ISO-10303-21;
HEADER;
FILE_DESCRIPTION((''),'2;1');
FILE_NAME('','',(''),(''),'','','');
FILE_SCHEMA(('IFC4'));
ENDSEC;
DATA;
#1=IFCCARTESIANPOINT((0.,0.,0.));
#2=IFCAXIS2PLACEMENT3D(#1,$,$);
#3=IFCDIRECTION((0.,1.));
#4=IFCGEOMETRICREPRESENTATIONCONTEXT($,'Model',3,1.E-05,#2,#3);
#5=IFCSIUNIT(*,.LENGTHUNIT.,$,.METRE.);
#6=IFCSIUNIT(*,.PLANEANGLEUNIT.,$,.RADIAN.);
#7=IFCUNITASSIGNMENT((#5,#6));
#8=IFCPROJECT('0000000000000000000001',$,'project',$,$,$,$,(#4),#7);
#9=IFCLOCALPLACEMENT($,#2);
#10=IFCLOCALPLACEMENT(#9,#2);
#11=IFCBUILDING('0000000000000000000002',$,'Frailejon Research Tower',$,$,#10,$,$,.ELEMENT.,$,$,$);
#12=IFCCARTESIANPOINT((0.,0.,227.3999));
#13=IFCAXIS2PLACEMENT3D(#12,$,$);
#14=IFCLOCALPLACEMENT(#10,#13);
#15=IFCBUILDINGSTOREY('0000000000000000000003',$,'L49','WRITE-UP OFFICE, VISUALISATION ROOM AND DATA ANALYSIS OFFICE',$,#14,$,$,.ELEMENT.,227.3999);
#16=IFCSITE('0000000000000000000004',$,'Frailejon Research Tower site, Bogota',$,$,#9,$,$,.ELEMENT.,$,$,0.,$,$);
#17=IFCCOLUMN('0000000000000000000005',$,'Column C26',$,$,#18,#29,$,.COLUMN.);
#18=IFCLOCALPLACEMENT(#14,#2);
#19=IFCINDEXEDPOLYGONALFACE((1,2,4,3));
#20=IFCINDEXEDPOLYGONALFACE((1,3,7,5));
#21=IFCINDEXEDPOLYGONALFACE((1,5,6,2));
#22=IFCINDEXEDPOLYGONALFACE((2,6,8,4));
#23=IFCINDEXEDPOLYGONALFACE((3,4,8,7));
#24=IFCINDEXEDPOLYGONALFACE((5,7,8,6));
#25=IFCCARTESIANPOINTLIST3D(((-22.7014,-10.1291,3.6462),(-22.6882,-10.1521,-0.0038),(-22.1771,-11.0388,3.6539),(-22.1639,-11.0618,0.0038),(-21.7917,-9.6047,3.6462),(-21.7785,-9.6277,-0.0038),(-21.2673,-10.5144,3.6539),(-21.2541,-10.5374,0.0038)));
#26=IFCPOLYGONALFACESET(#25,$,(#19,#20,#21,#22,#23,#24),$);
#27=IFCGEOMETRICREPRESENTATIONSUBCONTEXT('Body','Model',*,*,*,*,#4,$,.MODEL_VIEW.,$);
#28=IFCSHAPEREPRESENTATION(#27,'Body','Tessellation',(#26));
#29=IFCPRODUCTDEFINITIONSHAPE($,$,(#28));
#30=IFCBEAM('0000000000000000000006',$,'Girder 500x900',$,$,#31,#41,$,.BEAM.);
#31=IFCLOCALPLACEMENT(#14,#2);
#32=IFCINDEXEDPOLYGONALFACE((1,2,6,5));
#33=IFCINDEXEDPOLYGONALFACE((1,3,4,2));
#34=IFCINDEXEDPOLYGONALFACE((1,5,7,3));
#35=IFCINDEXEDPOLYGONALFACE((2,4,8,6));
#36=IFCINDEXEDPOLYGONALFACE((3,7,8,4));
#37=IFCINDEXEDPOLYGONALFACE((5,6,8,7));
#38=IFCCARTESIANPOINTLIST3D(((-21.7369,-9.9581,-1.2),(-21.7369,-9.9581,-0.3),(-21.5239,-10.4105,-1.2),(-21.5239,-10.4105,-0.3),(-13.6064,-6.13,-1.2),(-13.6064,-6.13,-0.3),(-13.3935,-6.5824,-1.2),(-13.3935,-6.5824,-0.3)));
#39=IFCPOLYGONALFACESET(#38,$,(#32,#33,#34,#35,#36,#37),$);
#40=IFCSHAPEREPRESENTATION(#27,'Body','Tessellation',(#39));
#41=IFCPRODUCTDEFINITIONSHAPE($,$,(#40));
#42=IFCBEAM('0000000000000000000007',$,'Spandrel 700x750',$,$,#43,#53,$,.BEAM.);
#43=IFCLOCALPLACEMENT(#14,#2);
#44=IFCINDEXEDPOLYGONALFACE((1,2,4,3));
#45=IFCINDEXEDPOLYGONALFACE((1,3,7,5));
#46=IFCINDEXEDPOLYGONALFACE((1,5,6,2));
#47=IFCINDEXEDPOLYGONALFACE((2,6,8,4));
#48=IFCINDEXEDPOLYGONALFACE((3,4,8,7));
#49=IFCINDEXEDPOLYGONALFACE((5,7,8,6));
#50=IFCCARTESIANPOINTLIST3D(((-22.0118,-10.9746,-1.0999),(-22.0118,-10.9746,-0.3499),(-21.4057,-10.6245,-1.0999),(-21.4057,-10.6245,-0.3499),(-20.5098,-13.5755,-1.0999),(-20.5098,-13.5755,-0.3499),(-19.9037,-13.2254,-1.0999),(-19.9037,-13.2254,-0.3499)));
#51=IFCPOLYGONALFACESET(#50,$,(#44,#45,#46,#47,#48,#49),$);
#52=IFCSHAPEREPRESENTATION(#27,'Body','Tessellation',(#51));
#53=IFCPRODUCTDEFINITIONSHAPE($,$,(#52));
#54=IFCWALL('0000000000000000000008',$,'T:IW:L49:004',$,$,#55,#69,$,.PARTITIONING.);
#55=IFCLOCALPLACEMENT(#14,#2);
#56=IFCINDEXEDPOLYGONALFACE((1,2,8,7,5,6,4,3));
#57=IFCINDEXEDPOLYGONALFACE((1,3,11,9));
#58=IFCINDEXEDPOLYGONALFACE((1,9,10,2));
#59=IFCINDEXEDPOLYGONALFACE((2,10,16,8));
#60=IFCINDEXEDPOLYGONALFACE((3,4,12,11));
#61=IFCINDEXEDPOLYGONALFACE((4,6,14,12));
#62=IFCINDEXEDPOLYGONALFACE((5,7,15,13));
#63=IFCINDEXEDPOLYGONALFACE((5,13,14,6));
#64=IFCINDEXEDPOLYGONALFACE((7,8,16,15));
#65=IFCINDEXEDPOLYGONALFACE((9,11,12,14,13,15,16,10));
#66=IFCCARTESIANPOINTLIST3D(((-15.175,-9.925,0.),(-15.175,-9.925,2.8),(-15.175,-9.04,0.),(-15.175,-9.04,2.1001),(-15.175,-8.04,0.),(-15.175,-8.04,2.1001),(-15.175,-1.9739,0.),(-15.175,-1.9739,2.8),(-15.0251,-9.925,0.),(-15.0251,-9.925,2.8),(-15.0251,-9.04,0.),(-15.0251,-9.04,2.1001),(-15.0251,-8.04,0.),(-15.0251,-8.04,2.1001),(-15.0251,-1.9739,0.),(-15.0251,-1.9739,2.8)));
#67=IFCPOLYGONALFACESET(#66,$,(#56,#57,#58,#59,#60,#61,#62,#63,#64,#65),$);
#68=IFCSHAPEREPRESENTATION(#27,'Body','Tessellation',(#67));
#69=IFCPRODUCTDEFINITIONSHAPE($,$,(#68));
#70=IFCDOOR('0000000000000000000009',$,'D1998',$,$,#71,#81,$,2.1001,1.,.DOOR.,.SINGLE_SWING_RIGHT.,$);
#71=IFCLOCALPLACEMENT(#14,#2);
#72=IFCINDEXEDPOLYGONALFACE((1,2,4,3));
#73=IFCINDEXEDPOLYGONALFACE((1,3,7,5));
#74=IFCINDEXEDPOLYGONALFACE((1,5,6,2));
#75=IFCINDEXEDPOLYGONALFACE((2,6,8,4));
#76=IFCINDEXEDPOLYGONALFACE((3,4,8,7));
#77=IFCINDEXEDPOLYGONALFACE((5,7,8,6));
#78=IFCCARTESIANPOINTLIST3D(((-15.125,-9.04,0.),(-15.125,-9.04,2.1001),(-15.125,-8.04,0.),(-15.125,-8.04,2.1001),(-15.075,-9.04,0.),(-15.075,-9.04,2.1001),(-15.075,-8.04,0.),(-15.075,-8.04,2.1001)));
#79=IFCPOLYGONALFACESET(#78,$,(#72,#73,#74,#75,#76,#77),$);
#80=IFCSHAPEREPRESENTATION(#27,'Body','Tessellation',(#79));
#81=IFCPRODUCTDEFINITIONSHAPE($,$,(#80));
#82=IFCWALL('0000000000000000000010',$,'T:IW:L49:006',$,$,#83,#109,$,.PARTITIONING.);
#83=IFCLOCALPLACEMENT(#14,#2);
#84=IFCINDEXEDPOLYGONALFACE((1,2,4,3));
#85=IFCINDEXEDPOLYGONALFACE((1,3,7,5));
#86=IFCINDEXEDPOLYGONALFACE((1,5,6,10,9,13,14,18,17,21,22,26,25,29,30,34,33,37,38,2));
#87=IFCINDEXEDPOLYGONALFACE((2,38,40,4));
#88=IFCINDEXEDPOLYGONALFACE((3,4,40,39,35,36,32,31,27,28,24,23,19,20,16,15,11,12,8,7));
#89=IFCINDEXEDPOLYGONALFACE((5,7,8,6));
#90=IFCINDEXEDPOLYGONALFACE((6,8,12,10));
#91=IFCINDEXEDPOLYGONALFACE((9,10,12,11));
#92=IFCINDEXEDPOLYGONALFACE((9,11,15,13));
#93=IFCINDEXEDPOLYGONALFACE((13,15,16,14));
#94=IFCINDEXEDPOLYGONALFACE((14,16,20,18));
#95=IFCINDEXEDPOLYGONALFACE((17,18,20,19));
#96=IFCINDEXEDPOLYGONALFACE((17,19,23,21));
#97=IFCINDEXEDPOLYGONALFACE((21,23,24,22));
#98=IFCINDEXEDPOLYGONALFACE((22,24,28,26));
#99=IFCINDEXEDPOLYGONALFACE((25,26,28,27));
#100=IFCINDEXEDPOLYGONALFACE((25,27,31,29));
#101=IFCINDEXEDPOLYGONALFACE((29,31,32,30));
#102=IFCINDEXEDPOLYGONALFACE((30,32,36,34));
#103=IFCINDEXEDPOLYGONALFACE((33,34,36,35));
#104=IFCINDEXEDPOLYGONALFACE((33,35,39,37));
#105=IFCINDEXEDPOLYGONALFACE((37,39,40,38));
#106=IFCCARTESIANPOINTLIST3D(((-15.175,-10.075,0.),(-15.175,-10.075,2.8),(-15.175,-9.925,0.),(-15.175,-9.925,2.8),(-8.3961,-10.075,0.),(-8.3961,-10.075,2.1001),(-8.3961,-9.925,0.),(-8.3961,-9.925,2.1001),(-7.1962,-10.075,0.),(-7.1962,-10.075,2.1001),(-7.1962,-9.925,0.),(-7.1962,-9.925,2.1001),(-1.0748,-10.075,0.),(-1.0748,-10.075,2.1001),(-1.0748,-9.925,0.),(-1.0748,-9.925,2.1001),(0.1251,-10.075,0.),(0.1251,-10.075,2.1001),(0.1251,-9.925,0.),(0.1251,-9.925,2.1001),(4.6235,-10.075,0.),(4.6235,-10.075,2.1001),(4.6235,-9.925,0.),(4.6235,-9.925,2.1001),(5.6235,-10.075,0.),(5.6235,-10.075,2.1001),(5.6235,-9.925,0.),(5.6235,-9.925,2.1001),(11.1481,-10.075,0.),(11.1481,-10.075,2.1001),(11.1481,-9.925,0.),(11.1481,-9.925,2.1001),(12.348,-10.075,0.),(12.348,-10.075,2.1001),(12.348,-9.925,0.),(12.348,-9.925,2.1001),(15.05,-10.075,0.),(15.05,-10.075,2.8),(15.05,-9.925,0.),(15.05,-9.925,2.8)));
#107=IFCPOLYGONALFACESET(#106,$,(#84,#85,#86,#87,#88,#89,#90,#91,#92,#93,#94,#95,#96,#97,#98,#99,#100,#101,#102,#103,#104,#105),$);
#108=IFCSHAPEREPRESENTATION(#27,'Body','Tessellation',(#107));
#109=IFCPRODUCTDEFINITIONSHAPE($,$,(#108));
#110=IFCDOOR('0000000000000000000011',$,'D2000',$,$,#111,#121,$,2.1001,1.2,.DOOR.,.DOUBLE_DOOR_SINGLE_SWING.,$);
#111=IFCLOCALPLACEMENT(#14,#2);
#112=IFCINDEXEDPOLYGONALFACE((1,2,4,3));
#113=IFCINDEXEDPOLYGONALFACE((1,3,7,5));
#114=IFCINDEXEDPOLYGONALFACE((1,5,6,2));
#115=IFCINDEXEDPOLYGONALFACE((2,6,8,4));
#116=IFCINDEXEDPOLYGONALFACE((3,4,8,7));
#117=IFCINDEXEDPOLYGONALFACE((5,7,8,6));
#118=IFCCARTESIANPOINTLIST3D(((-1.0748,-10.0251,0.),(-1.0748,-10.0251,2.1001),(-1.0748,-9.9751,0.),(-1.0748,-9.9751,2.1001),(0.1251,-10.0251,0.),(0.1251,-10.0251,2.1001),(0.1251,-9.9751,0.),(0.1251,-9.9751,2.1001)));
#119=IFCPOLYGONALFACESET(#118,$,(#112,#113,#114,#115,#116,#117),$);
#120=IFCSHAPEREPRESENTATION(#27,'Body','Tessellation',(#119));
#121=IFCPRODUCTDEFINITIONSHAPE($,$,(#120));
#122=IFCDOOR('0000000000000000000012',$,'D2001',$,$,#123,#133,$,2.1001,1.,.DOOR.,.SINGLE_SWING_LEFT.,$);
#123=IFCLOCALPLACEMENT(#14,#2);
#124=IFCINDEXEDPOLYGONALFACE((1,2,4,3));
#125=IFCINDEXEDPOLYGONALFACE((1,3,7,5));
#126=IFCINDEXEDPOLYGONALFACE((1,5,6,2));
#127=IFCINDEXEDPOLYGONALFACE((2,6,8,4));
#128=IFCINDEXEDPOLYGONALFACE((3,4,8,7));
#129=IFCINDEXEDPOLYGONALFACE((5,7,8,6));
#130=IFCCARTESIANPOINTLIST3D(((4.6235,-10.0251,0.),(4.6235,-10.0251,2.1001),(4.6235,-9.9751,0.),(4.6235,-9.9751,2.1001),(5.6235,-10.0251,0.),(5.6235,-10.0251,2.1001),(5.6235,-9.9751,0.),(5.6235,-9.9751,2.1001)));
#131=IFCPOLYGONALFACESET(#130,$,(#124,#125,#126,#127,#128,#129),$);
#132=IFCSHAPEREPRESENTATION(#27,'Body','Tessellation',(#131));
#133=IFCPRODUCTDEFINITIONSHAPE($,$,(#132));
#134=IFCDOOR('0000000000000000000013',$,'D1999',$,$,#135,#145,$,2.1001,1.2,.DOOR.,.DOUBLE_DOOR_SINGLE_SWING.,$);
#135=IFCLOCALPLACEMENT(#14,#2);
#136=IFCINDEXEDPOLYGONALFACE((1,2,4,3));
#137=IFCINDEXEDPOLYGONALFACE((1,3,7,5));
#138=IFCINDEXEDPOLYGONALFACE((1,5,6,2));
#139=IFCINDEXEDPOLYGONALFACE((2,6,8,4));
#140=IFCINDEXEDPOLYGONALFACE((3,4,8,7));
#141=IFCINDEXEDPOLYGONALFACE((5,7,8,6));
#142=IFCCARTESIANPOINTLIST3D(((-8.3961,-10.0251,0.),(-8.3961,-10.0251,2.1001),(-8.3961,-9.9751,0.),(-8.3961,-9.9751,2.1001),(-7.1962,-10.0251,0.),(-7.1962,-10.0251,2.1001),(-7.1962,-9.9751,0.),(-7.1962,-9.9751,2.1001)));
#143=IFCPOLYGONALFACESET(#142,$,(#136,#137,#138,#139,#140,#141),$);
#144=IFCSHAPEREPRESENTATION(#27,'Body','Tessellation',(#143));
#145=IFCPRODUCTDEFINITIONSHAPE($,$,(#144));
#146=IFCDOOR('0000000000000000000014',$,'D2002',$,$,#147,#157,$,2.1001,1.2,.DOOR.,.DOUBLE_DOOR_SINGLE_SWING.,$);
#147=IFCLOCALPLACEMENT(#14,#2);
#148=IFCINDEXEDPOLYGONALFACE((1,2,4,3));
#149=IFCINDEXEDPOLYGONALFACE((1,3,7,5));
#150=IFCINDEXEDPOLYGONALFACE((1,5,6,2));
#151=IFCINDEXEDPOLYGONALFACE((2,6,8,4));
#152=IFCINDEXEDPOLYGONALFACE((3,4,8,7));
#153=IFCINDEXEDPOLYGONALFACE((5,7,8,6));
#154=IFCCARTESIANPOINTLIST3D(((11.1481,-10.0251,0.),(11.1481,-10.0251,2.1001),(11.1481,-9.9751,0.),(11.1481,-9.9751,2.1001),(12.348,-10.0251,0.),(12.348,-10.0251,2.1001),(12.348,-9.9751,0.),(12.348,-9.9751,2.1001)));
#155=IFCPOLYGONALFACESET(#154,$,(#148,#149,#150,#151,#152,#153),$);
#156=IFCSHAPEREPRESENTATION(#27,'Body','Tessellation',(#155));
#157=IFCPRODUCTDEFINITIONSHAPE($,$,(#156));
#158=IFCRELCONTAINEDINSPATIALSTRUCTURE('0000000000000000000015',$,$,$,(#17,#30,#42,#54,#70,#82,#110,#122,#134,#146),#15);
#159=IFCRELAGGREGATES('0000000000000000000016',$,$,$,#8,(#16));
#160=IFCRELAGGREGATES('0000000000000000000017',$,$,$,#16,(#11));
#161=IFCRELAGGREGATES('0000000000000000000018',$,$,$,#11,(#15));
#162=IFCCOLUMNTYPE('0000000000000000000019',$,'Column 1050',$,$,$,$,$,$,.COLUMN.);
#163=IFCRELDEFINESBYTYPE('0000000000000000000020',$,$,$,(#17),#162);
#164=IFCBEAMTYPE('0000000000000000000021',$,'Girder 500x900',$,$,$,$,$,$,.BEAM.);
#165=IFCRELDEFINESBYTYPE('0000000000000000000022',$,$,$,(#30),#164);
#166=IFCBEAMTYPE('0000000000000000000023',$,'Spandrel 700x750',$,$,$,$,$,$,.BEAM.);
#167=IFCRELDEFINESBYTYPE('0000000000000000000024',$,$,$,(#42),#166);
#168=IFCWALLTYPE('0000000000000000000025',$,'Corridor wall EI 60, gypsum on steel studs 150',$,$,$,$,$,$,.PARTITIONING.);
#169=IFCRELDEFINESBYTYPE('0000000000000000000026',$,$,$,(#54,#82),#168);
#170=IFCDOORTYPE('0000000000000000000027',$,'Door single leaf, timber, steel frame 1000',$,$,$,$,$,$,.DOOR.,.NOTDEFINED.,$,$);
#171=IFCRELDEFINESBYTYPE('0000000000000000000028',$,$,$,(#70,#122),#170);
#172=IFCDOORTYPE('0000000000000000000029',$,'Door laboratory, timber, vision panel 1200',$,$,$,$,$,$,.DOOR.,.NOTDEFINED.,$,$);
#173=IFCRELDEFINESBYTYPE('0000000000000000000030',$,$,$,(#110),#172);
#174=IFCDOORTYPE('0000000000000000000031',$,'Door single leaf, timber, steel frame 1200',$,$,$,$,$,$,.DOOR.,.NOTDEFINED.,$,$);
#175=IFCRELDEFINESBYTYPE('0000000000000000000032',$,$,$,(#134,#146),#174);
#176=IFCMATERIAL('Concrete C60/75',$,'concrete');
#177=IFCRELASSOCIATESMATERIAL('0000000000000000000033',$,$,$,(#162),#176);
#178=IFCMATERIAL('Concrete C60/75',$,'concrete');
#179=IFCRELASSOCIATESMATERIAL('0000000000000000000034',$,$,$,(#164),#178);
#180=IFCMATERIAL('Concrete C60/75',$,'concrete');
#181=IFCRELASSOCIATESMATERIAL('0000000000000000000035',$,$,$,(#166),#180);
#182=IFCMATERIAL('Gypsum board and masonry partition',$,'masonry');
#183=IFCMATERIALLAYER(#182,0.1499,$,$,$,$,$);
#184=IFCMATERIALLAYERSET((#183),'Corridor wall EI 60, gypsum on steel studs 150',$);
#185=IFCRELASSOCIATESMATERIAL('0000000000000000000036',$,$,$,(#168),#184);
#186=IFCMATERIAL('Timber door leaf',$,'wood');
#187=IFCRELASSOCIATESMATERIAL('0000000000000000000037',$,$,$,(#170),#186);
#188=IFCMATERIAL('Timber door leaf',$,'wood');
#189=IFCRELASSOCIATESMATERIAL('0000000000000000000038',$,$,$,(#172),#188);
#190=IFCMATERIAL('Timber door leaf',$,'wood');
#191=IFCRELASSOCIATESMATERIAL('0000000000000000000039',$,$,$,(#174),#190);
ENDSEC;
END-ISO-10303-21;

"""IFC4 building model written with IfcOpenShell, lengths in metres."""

from ifc_helpers import new_model, si_unit, direction, frame, frame_2d, origin, origin_2d, place, context, subcontext, project, spatial, rectangle, extrude, material, layer, layer_set, material_profile, profile_set, type_object, element, fill, save


model = new_model("IFC4")

# Units and contexts
model_context = context("Model", 3, precision=1e-05, world=origin(), true_north=direction((0.0, 1.0)))
body_context = subcontext(model_context, "Body", "Model", "MODEL_VIEW")
ifc_project = project(units=[si_unit("LENGTHUNIT", "METRE"), si_unit("PLANEANGLEUNIT", "RADIAN")], contexts=[model_context])

# Site, building, storey
site_placement = place(None, origin())
site = spatial("IfcSite", under=ifc_project, at=site_placement, Name="Frailejon Research Tower site, Bogota", CompositionType="ELEMENT", RefElevation=0.0)
building_placement = place(site_placement, origin())
building = spatial("IfcBuilding", under=site, at=building_placement, Name="Frailejon Research Tower", CompositionType="ELEMENT")
storey_placement = place(building_placement, frame((0.0, 0.0, 227.3999)))
storey = spatial("IfcBuildingStorey", under=building, at=storey_placement, Name="L49", Description="WRITE-UP OFFICE, VISUALISATION ROOM AND DATA ANALYSIS OFFICE", CompositionType="ELEMENT", Elevation=227.3999)

# Column
ifc_material_1 = material(Name="Concrete C60/75", Category="concrete")
ifc_material_profile_1 = material_profile(ifc_material_1, rectangle(XDim=1.05, YDim=1.05, at=origin_2d()), Name="Column 1050")
ifc_profile_set_1 = profile_set([ifc_material_profile_1], Name="Concrete C60/75")
column_type = type_object("IfcColumnType", Name="Column 1050", PredefinedType="COLUMN", material=ifc_profile_set_1)
column_placement = place(storey_placement, frame((-21.9712, -10.3447, 0.0), z_axis=(-0.003612, 0.006287, 0.999974), x_axis=(0.499382, -0.866352, 0.007251)))
element("IfcColumn", 1, at=column_placement, inside=storey, type_object=column_type, Name="Column C26", PredefinedType="COLUMN", context=body_context, shape_type="SweptSolid", body=[
    extrude(rectangle(XDim=1.05, YDim=1.05, at=origin_2d()), origin(), (0.0, 0.0, 1.0), 3.6501),
])

# Beams
ifc_material_2 = material(Name="Concrete C60/75", Category="concrete")
ifc_material_profile_2 = material_profile(ifc_material_2, rectangle(XDim=0.5, YDim=0.8999, at=origin_2d()), Name="Girder 500x900")
ifc_profile_set_2 = profile_set([ifc_material_profile_2], Name="Concrete C60/75")
beam_type_1 = type_object("IfcBeamType", Name="Girder 500x900", PredefinedType="BEAM", material=ifc_profile_set_2)
beam_1_placement = place(storey_placement, frame((-21.6304, -10.1843, -0.75), z_axis=(0.90473, 0.425985, 0.0), x_axis=(-0.425985, 0.90473, 0.0)))
element("IfcBeam", 2, at=beam_1_placement, inside=storey, type_object=beam_type_1, Name="Girder 500x900", PredefinedType="BEAM", context=body_context, shape_type="SweptSolid", body=[
    extrude(rectangle(XDim=0.5, YDim=0.8999, at=origin_2d()), origin(), (0.0, 0.0, 1.0), 8.9866),
])
ifc_material_3 = material(Name="Concrete C60/75", Category="concrete")
ifc_material_profile_3 = material_profile(ifc_material_3, rectangle(XDim=0.7, YDim=0.75, at=origin_2d()), Name="Spandrel 700x750")
ifc_profile_set_3 = profile_set([ifc_material_profile_3], Name="Concrete C60/75")
beam_type_2 = type_object("IfcBeamType", Name="Spandrel 700x750", PredefinedType="BEAM", material=ifc_profile_set_3)
beam_2_placement = place(storey_placement, frame((-21.7087, -10.7996, -0.7249), z_axis=(0.500091, -0.865973, 0.0), x_axis=(0.865973, 0.500091, 0.0)))
element("IfcBeam", 3, at=beam_2_placement, inside=storey, type_object=beam_type_2, Name="Spandrel 700x750", PredefinedType="BEAM", context=body_context, shape_type="SweptSolid", body=[
    extrude(rectangle(XDim=0.7, YDim=0.75, at=origin_2d()), origin(), (0.0, 0.0, 1.0), 3.0034),
])

# Wall, opening, door
ifc_material_4 = material(Name="Gypsum board and masonry partition", Category="masonry")
ifc_layer_1 = layer(ifc_material_4, 0.1499)
ifc_layer_set_1 = layer_set([ifc_layer_1], Name="Corridor wall EI 60, gypsum on steel studs 150")
wall_type_1 = type_object("IfcWallType", Name="Corridor wall EI 60, gypsum on steel studs 150", PredefinedType="PARTITIONING", material=ifc_layer_set_1)
wall_1_placement = place(storey_placement, frame((-15.1001, -9.925, 0.0), z_axis=(0.0, 0.0, 1.0), x_axis=(0.0, 1.0, 0.0)))
wall_1 = element("IfcWall", 4, at=wall_1_placement, inside=storey, type_object=wall_type_1, Name="T:IW:L49:004", PredefinedType="PARTITIONING", context=body_context, shape_type="SweptSolid", body=[
    extrude(rectangle(XDim=7.9512, YDim=0.1499, at=frame_2d((3.9756, 0.0))), origin(), (0.0, 0.0, 1.0), 2.8),
])
opening_1_placement = place(wall_1_placement, frame((0.885, 0.0, 0.0)))
opening_1 = element("IfcOpeningElement", 5, at=opening_1_placement, cuts=wall_1, PredefinedType="OPENING", context=body_context, shape_type="SweptSolid", body=[
    extrude(rectangle(XDim=1.0, YDim=2.1001, at=frame_2d((0.5, 1.05))), frame((0.0, 0.085, 0.0), z_axis=(0.0, -1.0, 0.0), x_axis=(1.0, 0.0, 0.0)), (0.0, 0.0, 1.0), 0.1699),
])
ifc_material_5 = material(Name="Timber door leaf", Category="wood")
door_type_1 = type_object("IfcDoorType", Name="Door single leaf, timber, steel frame 1000", OperationType="NOTDEFINED", PredefinedType="DOOR", material=ifc_material_5)
door_1_placement = place(opening_1_placement, origin())
door_1 = element("IfcDoor", 6, at=door_1_placement, inside=storey, type_object=door_type_1, Name="D1998", OperationType="SINGLE_SWING_RIGHT", OverallHeight=2.1001, OverallWidth=1.0, PredefinedType="DOOR", context=body_context, shape_type="SweptSolid", body=[
    extrude(rectangle(XDim=1.0, YDim=2.1001, at=frame_2d((0.5, 1.05))), frame((0.0, 0.0249, 0.0), z_axis=(0.0, -1.0, 0.0), x_axis=(1.0, 0.0, 0.0)), (0.0, 0.0, 1.0), 0.05),
])
fill(opening_1, door_1)

# Wall, openings, doors
wall_2_placement = place(storey_placement, frame((-15.175, -10.0, 0.0), z_axis=(0.0, 0.0, 1.0), x_axis=(1.0, 0.0, 0.0)))
wall_2 = element("IfcWall", 7, at=wall_2_placement, inside=storey, type_object=wall_type_1, Name="T:IW:L49:006", PredefinedType="PARTITIONING", context=body_context, shape_type="SweptSolid", body=[
    extrude(rectangle(XDim=30.2251, YDim=0.1499, at=frame_2d((15.1125, 0.0))), origin(), (0.0, 0.0, 1.0), 2.8),
])
opening_2_placement = place(wall_2_placement, frame((6.7788, 0.0, 0.0)))
opening_2 = element("IfcOpeningElement", 8, at=opening_2_placement, cuts=wall_2, PredefinedType="OPENING", context=body_context, shape_type="SweptSolid", body=[
    extrude(rectangle(XDim=1.2, YDim=2.1001, at=frame_2d((0.6001, 1.05))), frame((0.0, 0.085, 0.0), z_axis=(0.0, -1.0, 0.0), x_axis=(1.0, 0.0, 0.0)), (0.0, 0.0, 1.0), 0.1699),
])
opening_3_placement = place(wall_2_placement, frame((14.1001, 0.0, 0.0)))
opening_3 = element("IfcOpeningElement", 9, at=opening_3_placement, cuts=wall_2, PredefinedType="OPENING", context=body_context, shape_type="SweptSolid", body=[
    extrude(rectangle(XDim=1.2, YDim=2.1001, at=frame_2d((0.6001, 1.05))), frame((0.0, 0.085, 0.0), z_axis=(0.0, -1.0, 0.0), x_axis=(1.0, 0.0, 0.0)), (0.0, 0.0, 1.0), 0.1699),
])
opening_4_placement = place(wall_2_placement, frame((19.7986, 0.0, 0.0)))
opening_4 = element("IfcOpeningElement", 10, at=opening_4_placement, cuts=wall_2, PredefinedType="OPENING", context=body_context, shape_type="SweptSolid", body=[
    extrude(rectangle(XDim=1.0, YDim=2.1001, at=frame_2d((0.5, 1.05))), frame((0.0, 0.085, 0.0), z_axis=(0.0, -1.0, 0.0), x_axis=(1.0, 0.0, 0.0)), (0.0, 0.0, 1.0), 0.1699),
])
opening_5_placement = place(wall_2_placement, frame((26.323, 0.0, 0.0)))
opening_5 = element("IfcOpeningElement", 11, at=opening_5_placement, cuts=wall_2, PredefinedType="OPENING", context=body_context, shape_type="SweptSolid", body=[
    extrude(rectangle(XDim=1.2, YDim=2.1001, at=frame_2d((0.6001, 1.05))), frame((0.0, 0.085, 0.0), z_axis=(0.0, -1.0, 0.0), x_axis=(1.0, 0.0, 0.0)), (0.0, 0.0, 1.0), 0.1699),
])
ifc_material_6 = material(Name="Timber door leaf", Category="wood")
door_type_2 = type_object("IfcDoorType", Name="Door laboratory, timber, vision panel 1200", OperationType="NOTDEFINED", PredefinedType="DOOR", material=ifc_material_6)
door_2_placement = place(opening_3_placement, origin())
door_2 = element("IfcDoor", 12, at=door_2_placement, inside=storey, type_object=door_type_2, Name="D2000", OperationType="DOUBLE_DOOR_SINGLE_SWING", OverallHeight=2.1001, OverallWidth=1.2, PredefinedType="DOOR", context=body_context, shape_type="SweptSolid", body=[
    extrude(rectangle(XDim=1.2, YDim=2.1001, at=frame_2d((0.6001, 1.05))), frame((0.0, 0.0249, 0.0), z_axis=(0.0, -1.0, 0.0), x_axis=(1.0, 0.0, 0.0)), (0.0, 0.0, 1.0), 0.05),
])
fill(opening_3, door_2)
door_3_placement = place(opening_4_placement, origin())
door_3 = element("IfcDoor", 13, at=door_3_placement, inside=storey, type_object=door_type_1, Name="D2001", OperationType="SINGLE_SWING_LEFT", OverallHeight=2.1001, OverallWidth=1.0, PredefinedType="DOOR", context=body_context, shape_type="SweptSolid", body=[
    extrude(rectangle(XDim=1.0, YDim=2.1001, at=frame_2d((0.5, 1.05))), frame((0.0, 0.0249, 0.0), z_axis=(0.0, -1.0, 0.0), x_axis=(1.0, 0.0, 0.0)), (0.0, 0.0, 1.0), 0.05),
])
fill(opening_4, door_3)
ifc_material_7 = material(Name="Timber door leaf", Category="wood")
door_type_3 = type_object("IfcDoorType", Name="Door single leaf, timber, steel frame 1200", OperationType="NOTDEFINED", PredefinedType="DOOR", material=ifc_material_7)
door_4_placement = place(opening_2_placement, origin())
door_4 = element("IfcDoor", 14, at=door_4_placement, inside=storey, type_object=door_type_3, Name="D1999", OperationType="DOUBLE_DOOR_SINGLE_SWING", OverallHeight=2.1001, OverallWidth=1.2, PredefinedType="DOOR", context=body_context, shape_type="SweptSolid", body=[
    extrude(rectangle(XDim=1.2, YDim=2.1001, at=frame_2d((0.6001, 1.05))), frame((0.0, 0.0249, 0.0), z_axis=(0.0, -1.0, 0.0), x_axis=(1.0, 0.0, 0.0)), (0.0, 0.0, 1.0), 0.05),
])
fill(opening_2, door_4)
door_5_placement = place(opening_5_placement, origin())
door_5 = element("IfcDoor", 15, at=door_5_placement, inside=storey, type_object=door_type_3, Name="D2002", OperationType="DOUBLE_DOOR_SINGLE_SWING", OverallHeight=2.1001, OverallWidth=1.2, PredefinedType="DOOR", context=body_context, shape_type="SweptSolid", body=[
    extrude(rectangle(XDim=1.2, YDim=2.1001, at=frame_2d((0.6001, 1.05))), frame((0.0, 0.0249, 0.0), z_axis=(0.0, -1.0, 0.0), x_axis=(1.0, 0.0, 0.0)), (0.0, 0.0, 1.0), 0.05),
])
fill(opening_5, door_5)

save(model, "model.ifc")
